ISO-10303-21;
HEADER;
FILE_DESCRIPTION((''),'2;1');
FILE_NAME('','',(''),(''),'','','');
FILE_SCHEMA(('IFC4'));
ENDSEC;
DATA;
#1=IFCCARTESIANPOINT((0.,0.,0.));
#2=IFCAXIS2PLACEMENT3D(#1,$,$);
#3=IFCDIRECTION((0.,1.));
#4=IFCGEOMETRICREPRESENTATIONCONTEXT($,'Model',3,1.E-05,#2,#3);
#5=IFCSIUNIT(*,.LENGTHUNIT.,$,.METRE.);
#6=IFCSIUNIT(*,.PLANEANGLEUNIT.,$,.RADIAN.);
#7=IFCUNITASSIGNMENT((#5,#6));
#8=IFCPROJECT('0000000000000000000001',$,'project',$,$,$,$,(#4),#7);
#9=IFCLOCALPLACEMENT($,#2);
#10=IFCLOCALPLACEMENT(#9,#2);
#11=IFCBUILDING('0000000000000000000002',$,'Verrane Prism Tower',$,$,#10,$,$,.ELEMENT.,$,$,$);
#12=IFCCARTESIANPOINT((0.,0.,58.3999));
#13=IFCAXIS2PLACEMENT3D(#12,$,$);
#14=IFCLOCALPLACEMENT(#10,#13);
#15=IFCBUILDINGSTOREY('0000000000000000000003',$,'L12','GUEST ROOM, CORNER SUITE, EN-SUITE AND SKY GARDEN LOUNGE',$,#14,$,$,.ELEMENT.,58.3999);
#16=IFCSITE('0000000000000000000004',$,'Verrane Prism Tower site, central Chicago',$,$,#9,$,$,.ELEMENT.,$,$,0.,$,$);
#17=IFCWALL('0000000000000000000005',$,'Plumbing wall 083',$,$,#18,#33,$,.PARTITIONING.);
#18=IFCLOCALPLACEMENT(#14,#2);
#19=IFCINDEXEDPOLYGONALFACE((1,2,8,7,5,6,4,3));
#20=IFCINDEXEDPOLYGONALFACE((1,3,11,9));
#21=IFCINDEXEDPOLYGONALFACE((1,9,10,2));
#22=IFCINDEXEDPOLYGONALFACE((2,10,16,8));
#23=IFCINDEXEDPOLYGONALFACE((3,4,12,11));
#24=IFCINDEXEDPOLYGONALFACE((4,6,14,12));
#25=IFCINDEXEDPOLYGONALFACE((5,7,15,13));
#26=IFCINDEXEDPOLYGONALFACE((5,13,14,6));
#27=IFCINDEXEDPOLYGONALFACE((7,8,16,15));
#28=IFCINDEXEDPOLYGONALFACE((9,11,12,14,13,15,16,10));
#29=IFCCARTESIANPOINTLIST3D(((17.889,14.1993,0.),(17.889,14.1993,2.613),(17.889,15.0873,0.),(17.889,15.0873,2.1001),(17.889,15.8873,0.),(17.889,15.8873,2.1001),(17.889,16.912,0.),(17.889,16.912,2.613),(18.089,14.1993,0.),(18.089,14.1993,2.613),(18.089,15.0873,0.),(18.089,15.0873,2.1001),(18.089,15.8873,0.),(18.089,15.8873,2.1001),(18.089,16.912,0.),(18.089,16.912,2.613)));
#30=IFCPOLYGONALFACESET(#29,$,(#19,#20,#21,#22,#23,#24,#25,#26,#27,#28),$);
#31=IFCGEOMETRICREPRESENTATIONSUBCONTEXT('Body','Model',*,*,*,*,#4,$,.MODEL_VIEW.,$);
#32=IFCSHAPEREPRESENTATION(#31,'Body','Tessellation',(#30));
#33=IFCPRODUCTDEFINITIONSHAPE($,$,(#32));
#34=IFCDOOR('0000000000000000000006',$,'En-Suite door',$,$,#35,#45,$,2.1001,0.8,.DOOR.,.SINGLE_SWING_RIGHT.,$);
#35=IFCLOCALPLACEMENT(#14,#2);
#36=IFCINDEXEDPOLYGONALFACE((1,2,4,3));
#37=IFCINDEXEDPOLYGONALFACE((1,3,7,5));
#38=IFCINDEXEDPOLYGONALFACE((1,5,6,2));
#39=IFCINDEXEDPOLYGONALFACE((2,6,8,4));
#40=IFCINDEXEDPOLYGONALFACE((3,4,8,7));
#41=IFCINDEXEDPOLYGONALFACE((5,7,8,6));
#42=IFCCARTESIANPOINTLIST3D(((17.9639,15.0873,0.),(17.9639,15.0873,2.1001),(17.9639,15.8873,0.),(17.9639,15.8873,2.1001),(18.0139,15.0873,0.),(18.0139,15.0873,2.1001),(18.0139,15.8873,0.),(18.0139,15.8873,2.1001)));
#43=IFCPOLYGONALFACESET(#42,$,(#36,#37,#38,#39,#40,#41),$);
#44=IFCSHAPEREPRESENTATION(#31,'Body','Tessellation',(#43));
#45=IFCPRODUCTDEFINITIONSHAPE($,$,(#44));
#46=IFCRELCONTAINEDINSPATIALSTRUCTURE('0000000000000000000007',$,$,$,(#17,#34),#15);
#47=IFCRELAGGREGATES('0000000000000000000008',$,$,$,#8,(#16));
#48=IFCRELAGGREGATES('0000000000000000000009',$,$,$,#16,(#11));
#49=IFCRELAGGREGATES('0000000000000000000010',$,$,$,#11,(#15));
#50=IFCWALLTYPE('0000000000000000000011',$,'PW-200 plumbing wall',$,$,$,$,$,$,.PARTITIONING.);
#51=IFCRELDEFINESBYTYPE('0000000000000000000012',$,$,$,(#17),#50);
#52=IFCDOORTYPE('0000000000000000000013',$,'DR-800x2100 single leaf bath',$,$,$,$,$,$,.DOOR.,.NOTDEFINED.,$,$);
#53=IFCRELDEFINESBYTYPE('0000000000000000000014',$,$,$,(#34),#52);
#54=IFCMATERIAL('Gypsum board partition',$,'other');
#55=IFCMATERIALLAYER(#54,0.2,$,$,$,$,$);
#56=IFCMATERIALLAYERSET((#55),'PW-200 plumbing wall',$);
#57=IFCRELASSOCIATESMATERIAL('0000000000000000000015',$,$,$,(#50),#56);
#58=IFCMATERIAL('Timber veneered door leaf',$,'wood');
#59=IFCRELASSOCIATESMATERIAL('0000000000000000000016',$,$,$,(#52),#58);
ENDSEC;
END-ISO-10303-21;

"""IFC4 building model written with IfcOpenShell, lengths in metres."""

from ifc_helpers import new_model, si_unit, direction, frame, frame_2d, origin, place, context, subcontext, project, spatial, rectangle, extrude, material, layer, layer_set, type_object, element, fill, save


model = new_model("IFC4")

# Units and contexts
model_context = context("Model", 3, precision=1e-05, world=origin(), true_north=direction((0.0, 1.0)))
body_context = subcontext(model_context, "Body", "Model", "MODEL_VIEW")
ifc_project = project(units=[si_unit("LENGTHUNIT", "METRE"), si_unit("PLANEANGLEUNIT", "RADIAN")], contexts=[model_context])

# Site, building, storey
site_placement = place(None, origin())
site = spatial("IfcSite", under=ifc_project, at=site_placement, Name="Verrane Prism Tower site, central Chicago", CompositionType="ELEMENT", RefElevation=0.0)
building_placement = place(site_placement, origin())
building = spatial("IfcBuilding", under=site, at=building_placement, Name="Verrane Prism Tower", CompositionType="ELEMENT")
storey_placement = place(building_placement, frame((0.0, 0.0, 58.3999)))
storey = spatial("IfcBuildingStorey", under=building, at=storey_placement, Name="L12", Description="GUEST ROOM, CORNER SUITE, EN-SUITE AND SKY GARDEN LOUNGE", CompositionType="ELEMENT", Elevation=58.3999)

# Wall, opening, door
ifc_material_1 = material(Name="Gypsum board partition", Category="other")
ifc_layer_1 = layer(ifc_material_1, 0.2)
ifc_layer_set_1 = layer_set([ifc_layer_1], Name="PW-200 plumbing wall")
wall_type_1 = type_object("IfcWallType", Name="PW-200 plumbing wall", PredefinedType="PARTITIONING", material=ifc_layer_set_1)
wall_1_placement = place(storey_placement, frame((17.989, 16.9121, 0.0), z_axis=(0.0, 0.0, 1.0), x_axis=(0.0, -1.0, 0.0)))
wall_1 = element("IfcWall", 1, at=wall_1_placement, inside=storey, type_object=wall_type_1, Name="Plumbing wall 083", PredefinedType="PARTITIONING", context=body_context, shape_type="SweptSolid", body=[
    extrude(rectangle(XDim=2.7126, YDim=0.2, at=frame_2d((1.3564, 0.0))), origin(), (0.0, 0.0, 1.0), 2.613),
])
opening_1_placement = place(wall_1_placement, frame((1.0249, 0.0, 0.0)))
opening_1 = element("IfcOpeningElement", 2, at=opening_1_placement, cuts=wall_1, PredefinedType="OPENING", context=body_context, shape_type="SweptSolid", body=[
    extrude(rectangle(XDim=0.8, YDim=2.1001, at=frame_2d((0.3999, 1.05))), frame((0.0, 0.1099, 0.0), z_axis=(0.0, -1.0, 0.0), x_axis=(1.0, 0.0, 0.0)), (0.0, 0.0, 1.0), 0.22),
])
ifc_material_2 = material(Name="Timber veneered door leaf", Category="wood")
door_type_1 = type_object("IfcDoorType", Name="DR-800x2100 single leaf bath", OperationType="NOTDEFINED", PredefinedType="DOOR", material=ifc_material_2)
door_1_placement = place(opening_1_placement, origin())
door_1 = element("IfcDoor", 3, at=door_1_placement, inside=storey, type_object=door_type_1, Name="En-Suite door", OperationType="SINGLE_SWING_RIGHT", OverallHeight=2.1001, OverallWidth=0.8, PredefinedType="DOOR", context=body_context, shape_type="SweptSolid", body=[
    extrude(rectangle(XDim=0.8, YDim=2.1001, at=frame_2d((0.3999, 1.05))), frame((0.0, 0.0249, 0.0), z_axis=(0.0, -1.0, 0.0), x_axis=(1.0, 0.0, 0.0)), (0.0, 0.0, 1.0), 0.05),
])
fill(opening_1, door_1)

save(model, "model.ifc")
